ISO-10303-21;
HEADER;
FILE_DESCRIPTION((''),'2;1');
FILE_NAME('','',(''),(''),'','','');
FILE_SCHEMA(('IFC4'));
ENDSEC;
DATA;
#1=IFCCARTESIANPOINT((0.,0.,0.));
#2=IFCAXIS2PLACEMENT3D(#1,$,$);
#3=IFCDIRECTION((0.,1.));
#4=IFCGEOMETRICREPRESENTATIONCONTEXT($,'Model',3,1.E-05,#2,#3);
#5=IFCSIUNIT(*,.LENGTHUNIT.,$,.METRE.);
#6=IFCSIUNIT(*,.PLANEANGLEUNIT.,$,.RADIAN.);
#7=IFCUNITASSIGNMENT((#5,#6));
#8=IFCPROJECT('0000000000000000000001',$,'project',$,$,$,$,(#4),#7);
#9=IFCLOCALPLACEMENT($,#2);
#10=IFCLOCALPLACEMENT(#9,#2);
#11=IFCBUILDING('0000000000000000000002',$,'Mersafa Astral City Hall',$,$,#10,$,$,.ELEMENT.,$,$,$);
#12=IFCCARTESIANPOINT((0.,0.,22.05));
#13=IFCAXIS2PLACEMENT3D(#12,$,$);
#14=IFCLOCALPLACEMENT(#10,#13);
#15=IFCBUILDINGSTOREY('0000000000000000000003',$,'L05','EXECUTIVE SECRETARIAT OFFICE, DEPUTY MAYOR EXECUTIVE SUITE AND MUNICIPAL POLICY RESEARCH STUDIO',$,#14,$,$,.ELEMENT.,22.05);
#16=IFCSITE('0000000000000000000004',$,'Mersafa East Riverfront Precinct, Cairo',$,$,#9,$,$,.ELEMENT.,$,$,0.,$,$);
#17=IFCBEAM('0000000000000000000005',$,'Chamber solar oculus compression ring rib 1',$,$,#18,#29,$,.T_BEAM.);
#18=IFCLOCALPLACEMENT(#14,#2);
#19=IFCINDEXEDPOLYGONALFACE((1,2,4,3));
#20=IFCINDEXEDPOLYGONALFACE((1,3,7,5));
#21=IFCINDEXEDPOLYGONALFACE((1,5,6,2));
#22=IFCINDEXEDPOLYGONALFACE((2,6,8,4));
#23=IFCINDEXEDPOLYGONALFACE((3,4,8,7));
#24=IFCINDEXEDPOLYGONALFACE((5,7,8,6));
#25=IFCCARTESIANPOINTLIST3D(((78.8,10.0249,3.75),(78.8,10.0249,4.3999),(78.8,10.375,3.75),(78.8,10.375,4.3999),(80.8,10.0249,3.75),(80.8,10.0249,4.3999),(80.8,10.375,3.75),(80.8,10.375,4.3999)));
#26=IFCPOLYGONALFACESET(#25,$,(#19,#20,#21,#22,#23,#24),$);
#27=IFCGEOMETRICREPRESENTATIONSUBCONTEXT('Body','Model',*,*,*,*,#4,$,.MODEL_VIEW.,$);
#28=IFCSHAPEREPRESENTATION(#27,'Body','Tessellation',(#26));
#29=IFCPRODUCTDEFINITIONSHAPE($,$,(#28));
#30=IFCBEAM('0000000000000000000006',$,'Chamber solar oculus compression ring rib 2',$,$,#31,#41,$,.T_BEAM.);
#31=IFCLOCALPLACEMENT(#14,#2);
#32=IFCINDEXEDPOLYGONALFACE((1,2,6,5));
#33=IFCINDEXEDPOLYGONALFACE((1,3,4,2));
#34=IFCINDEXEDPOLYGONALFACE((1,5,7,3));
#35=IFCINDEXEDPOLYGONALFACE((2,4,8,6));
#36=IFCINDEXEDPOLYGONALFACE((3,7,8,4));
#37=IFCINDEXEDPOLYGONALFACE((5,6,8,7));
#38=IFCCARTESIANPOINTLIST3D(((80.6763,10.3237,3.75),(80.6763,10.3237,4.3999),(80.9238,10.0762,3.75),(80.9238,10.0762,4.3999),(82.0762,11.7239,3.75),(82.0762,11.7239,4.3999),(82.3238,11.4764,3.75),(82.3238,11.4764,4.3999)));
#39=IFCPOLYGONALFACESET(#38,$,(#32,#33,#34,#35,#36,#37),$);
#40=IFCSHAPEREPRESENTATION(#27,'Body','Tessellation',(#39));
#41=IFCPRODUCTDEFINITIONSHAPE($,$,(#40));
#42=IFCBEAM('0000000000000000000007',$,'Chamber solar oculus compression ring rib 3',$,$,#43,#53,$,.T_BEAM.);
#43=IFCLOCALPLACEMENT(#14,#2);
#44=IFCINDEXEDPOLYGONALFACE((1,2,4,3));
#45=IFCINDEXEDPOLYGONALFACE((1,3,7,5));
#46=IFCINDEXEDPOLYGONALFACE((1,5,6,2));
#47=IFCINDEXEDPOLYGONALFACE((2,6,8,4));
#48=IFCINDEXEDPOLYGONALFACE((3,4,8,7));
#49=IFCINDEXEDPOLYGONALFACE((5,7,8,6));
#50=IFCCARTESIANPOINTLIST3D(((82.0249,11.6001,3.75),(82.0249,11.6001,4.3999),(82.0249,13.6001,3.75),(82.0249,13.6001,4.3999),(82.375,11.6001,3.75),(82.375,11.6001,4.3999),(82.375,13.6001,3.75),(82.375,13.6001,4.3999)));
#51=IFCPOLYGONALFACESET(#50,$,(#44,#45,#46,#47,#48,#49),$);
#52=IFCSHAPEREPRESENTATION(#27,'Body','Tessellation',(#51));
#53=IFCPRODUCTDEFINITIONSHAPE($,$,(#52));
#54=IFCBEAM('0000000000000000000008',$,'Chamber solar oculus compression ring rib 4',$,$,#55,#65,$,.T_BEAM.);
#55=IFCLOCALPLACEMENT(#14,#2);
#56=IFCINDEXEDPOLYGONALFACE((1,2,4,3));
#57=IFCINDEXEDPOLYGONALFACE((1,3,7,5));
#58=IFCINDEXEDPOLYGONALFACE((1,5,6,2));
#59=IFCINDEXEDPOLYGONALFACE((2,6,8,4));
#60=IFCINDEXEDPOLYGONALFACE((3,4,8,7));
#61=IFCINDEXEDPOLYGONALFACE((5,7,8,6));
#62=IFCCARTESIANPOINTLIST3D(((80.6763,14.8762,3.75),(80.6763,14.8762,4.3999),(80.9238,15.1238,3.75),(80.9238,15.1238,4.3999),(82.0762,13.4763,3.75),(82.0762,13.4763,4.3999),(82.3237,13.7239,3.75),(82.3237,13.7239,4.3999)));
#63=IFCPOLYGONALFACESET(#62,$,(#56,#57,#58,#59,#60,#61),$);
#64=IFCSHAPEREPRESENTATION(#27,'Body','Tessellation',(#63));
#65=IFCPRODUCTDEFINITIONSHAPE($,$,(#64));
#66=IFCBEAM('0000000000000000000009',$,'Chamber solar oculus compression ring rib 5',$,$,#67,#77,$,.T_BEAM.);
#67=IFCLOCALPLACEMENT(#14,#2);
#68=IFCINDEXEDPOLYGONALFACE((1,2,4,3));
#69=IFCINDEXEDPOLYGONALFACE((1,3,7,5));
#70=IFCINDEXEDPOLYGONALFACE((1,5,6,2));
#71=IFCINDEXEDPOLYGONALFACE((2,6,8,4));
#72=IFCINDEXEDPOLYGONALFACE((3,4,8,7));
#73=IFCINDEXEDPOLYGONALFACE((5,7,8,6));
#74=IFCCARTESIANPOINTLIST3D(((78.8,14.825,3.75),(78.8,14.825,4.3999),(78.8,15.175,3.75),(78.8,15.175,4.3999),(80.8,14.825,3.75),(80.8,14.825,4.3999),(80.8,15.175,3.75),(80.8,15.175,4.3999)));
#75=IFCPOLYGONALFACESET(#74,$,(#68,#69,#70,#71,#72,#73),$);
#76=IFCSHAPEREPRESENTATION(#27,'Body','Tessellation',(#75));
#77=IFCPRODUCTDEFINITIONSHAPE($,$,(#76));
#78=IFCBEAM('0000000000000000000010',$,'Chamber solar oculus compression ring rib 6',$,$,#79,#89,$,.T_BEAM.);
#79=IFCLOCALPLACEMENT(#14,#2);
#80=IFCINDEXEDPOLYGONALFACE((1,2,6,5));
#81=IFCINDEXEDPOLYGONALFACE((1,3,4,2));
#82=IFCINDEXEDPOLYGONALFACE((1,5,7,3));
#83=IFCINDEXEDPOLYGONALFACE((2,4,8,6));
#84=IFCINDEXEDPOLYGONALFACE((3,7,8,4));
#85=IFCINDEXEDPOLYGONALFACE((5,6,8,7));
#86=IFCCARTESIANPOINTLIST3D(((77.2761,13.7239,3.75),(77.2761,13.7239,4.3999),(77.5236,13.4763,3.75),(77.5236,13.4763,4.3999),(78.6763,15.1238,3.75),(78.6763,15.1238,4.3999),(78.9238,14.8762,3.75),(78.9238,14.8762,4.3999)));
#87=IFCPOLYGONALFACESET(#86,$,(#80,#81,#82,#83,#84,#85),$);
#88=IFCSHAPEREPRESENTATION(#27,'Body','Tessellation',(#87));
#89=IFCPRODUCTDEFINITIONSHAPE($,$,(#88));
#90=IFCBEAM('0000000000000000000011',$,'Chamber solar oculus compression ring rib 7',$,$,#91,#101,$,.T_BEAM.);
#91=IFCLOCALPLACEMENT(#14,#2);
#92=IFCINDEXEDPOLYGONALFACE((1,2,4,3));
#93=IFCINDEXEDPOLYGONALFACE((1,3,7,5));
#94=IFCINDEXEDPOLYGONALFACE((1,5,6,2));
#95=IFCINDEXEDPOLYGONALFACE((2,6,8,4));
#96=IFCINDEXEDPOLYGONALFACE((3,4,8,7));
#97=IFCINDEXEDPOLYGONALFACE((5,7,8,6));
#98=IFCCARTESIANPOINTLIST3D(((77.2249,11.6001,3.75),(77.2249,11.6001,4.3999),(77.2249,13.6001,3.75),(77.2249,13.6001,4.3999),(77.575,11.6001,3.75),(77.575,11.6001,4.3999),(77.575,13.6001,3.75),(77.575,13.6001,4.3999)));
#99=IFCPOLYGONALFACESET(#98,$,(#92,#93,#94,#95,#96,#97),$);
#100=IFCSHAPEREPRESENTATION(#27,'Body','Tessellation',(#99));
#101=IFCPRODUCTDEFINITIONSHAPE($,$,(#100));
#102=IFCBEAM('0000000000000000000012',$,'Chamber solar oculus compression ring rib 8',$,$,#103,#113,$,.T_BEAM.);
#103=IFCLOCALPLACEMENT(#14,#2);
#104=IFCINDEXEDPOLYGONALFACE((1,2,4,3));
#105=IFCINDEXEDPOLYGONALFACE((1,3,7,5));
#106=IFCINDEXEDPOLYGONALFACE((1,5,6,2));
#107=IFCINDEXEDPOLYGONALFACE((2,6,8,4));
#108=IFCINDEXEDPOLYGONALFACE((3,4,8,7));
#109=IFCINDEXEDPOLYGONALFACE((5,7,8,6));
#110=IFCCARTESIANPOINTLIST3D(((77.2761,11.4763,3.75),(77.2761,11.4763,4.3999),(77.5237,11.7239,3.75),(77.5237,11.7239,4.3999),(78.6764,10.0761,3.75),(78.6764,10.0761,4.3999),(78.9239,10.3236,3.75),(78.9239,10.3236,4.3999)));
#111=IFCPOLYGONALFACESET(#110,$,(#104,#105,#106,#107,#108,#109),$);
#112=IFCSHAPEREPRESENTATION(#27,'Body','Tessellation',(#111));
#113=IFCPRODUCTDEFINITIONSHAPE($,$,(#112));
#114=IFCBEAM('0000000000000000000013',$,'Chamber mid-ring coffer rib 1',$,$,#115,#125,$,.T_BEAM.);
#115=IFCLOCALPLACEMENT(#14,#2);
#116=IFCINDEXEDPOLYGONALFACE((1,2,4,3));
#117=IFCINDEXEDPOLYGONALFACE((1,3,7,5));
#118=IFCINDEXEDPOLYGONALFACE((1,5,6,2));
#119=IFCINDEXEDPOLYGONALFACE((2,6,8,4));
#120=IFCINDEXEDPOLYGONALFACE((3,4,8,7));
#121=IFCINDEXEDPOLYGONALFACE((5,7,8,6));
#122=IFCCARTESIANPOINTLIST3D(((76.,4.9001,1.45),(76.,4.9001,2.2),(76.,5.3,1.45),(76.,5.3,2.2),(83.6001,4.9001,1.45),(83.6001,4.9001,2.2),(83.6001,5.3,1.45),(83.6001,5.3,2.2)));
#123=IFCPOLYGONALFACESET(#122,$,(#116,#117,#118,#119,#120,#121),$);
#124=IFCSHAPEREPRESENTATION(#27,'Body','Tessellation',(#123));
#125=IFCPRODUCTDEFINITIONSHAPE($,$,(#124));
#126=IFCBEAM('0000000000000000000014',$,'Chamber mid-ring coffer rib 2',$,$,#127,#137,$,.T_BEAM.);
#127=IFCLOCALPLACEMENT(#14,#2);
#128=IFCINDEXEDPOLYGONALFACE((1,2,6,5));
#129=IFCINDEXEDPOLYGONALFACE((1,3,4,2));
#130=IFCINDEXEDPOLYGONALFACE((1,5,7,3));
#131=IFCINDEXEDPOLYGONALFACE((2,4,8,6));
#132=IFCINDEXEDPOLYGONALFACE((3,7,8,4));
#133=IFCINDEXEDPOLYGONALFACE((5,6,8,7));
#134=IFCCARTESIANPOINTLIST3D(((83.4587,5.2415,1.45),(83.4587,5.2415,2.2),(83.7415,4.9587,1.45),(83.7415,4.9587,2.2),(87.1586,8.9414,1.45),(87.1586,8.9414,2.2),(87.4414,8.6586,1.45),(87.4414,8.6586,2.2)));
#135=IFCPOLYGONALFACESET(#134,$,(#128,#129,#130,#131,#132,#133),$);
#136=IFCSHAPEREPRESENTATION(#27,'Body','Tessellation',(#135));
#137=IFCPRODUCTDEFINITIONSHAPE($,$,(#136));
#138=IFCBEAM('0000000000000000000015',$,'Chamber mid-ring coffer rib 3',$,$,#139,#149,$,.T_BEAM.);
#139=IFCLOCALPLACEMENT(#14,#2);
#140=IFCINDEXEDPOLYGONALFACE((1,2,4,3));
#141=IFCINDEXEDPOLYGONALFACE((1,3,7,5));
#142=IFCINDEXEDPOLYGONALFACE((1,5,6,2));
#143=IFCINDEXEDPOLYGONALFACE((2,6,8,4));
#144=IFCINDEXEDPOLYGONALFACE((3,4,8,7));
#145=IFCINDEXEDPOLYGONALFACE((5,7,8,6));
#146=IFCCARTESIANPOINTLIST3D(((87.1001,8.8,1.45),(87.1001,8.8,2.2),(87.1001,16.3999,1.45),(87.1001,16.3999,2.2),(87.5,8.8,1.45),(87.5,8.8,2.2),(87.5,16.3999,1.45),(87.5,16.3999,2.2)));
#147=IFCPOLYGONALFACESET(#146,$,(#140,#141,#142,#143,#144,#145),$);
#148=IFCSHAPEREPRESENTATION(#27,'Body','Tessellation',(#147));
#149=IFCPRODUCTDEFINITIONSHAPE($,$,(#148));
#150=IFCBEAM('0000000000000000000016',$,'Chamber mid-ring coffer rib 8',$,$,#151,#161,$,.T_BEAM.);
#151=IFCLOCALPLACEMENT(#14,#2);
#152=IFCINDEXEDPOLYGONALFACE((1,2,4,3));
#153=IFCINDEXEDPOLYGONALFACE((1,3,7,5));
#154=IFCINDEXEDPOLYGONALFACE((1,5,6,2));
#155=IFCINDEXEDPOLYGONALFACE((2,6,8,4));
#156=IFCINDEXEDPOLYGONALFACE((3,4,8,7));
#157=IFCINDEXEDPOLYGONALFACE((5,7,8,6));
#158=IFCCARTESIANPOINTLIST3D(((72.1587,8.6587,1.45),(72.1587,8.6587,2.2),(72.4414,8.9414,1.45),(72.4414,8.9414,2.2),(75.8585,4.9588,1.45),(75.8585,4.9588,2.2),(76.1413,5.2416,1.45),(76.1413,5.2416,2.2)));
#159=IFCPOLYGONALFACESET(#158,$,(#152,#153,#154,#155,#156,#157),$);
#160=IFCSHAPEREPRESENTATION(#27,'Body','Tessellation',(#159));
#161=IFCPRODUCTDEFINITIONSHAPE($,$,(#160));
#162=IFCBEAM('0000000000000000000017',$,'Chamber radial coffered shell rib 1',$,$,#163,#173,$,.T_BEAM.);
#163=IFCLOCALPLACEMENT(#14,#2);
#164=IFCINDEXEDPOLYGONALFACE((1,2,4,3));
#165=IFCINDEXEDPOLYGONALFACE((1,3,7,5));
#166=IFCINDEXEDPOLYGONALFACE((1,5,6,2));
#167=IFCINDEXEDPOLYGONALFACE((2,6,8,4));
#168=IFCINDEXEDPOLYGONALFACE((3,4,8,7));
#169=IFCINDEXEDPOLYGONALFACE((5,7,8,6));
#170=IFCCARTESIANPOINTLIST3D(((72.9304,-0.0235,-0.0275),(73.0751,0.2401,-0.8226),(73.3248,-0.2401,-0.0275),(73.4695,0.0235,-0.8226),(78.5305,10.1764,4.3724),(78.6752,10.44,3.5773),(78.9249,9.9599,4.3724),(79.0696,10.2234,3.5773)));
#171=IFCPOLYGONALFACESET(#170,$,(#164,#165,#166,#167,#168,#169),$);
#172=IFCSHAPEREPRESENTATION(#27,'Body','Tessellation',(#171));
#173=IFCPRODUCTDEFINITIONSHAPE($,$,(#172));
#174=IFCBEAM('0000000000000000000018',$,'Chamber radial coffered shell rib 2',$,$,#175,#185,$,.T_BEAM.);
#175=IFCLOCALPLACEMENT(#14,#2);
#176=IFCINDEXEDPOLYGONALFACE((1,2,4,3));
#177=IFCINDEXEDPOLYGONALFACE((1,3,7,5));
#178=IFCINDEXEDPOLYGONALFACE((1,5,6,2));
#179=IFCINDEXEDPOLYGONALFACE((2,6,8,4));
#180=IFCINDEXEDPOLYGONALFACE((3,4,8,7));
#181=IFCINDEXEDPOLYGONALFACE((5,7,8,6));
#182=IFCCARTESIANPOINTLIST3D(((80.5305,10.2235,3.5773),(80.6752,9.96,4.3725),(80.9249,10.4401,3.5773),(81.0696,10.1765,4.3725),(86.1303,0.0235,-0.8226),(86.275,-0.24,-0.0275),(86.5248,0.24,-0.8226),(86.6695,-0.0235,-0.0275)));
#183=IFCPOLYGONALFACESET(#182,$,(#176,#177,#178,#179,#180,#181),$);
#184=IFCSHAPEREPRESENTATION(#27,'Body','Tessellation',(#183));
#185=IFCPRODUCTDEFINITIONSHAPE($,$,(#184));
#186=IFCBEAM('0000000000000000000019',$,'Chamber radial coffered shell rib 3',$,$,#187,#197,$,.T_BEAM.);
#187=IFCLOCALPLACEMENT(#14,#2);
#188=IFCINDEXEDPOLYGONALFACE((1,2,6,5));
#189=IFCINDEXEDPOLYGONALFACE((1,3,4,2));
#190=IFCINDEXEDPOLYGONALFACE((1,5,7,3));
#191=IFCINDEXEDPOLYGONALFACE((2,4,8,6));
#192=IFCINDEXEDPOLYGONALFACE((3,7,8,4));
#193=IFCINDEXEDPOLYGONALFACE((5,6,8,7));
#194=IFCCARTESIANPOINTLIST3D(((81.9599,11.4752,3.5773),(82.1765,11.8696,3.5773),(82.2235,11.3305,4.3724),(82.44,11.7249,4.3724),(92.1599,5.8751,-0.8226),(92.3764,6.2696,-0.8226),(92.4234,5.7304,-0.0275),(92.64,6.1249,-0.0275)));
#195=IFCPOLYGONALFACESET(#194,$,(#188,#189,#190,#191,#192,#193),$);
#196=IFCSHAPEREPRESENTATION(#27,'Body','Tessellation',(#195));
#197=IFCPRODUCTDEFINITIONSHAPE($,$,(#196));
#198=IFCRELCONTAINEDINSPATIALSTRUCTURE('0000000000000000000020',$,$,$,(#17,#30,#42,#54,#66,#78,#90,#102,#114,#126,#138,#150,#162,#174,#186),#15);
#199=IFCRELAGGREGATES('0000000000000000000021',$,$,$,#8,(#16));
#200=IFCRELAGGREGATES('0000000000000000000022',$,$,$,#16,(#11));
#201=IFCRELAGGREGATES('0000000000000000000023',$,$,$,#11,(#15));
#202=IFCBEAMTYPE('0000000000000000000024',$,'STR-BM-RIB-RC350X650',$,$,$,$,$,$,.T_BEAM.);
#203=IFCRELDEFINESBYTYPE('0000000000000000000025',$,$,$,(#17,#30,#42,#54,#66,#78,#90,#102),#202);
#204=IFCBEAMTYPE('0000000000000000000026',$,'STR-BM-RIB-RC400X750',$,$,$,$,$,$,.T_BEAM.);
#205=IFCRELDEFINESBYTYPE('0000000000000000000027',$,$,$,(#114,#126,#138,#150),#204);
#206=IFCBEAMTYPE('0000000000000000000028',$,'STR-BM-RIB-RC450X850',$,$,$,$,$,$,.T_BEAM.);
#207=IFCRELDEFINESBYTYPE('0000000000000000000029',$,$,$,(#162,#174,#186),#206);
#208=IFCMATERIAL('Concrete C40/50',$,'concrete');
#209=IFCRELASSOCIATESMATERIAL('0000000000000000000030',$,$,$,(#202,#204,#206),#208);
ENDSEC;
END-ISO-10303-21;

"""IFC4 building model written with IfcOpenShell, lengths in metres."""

from ifc_helpers import new_model, si_unit, direction, frame, origin, origin_2d, place, context, subcontext, project, spatial, rectangle, extrude, material, material_profile, profile_set, type_object, element, save


model = new_model("IFC4")

# Units and contexts
model_context = context("Model", 3, precision=1e-05, world=origin(), true_north=direction((0.0, 1.0)))
body_context = subcontext(model_context, "Body", "Model", "MODEL_VIEW")
ifc_project = project(units=[si_unit("LENGTHUNIT", "METRE"), si_unit("PLANEANGLEUNIT", "RADIAN")], contexts=[model_context])

# Site, building, storey
site_placement = place(None, origin())
site = spatial("IfcSite", under=ifc_project, at=site_placement, Name="Mersafa East Riverfront Precinct, Cairo", CompositionType="ELEMENT", RefElevation=0.0)
building_placement = place(site_placement, origin())
building = spatial("IfcBuilding", under=site, at=building_placement, Name="Mersafa Astral City Hall", CompositionType="ELEMENT")
storey_placement = place(building_placement, frame((0.0, 0.0, 22.05)))
storey = spatial("IfcBuildingStorey", under=building, at=storey_placement, Name="L05", Description="EXECUTIVE SECRETARIAT OFFICE, DEPUTY MAYOR EXECUTIVE SUITE AND MUNICIPAL POLICY RESEARCH STUDIO", CompositionType="ELEMENT", Elevation=22.05)

# Beams
ifc_material_1 = material(Name="Concrete C40/50", Category="concrete")
ifc_material_profile_1 = material_profile(ifc_material_1, rectangle(XDim=0.3501, YDim=0.6499, at=origin_2d()), Name="RC 350x650")
ifc_profile_set_1 = profile_set([ifc_material_profile_1], Name="Concrete C40/50")
beam_type_1 = type_object("IfcBeamType", Name="STR-BM-RIB-RC350X650", PredefinedType="T_BEAM", material=ifc_profile_set_1)
beam_1_placement = place(storey_placement, frame((78.8, 10.2, 4.075), z_axis=(1.0, 0.0, 0.0), x_axis=(0.0, 1.0, 0.0)))
element("IfcBeam", 1, at=beam_1_placement, inside=storey, type_object=beam_type_1, Name="Chamber solar oculus compression ring rib 1", PredefinedType="T_BEAM", context=body_context, shape_type="SweptSolid", body=[
    extrude(rectangle(XDim=0.3501, YDim=0.6499, at=origin_2d()), origin(), (0.0, 0.0, 1.0), 2.0),
])
beam_2_placement = place(storey_placement, frame((80.8, 10.2, 4.075), z_axis=(0.707045, 0.707168, 0.0), x_axis=(-0.707168, 0.707045, 0.0)))
element("IfcBeam", 2, at=beam_2_placement, inside=storey, type_object=beam_type_1, Name="Chamber solar oculus compression ring rib 2", PredefinedType="T_BEAM", context=body_context, shape_type="SweptSolid", body=[
    extrude(rectangle(XDim=0.3501, YDim=0.6499, at=origin_2d()), origin(), (0.0, 0.0, 1.0), 1.98),
])
beam_3_placement = place(storey_placement, frame((82.2, 11.6001, 4.075), z_axis=(0.0, 1.0, 0.0), x_axis=(-1.0, 0.0, 0.0)))
element("IfcBeam", 3, at=beam_3_placement, inside=storey, type_object=beam_type_1, Name="Chamber solar oculus compression ring rib 3", PredefinedType="T_BEAM", context=body_context, shape_type="SweptSolid", body=[
    extrude(rectangle(XDim=0.3501, YDim=0.6499, at=origin_2d()), origin(), (0.0, 0.0, 1.0), 2.0),
])
beam_4_placement = place(storey_placement, frame((82.2, 13.6001, 4.075), z_axis=(-0.707107, 0.707107, 0.0), x_axis=(-0.707107, -0.707107, 0.0)))
element("IfcBeam", 4, at=beam_4_placement, inside=storey, type_object=beam_type_1, Name="Chamber solar oculus compression ring rib 4", PredefinedType="T_BEAM", context=body_context, shape_type="SweptSolid", body=[
    extrude(rectangle(XDim=0.3501, YDim=0.6499, at=origin_2d()), origin(), (0.0, 0.0, 1.0), 1.9797),
])
beam_5_placement = place(storey_placement, frame((80.8, 15.0, 4.075), z_axis=(-1.0, 0.0, 0.0), x_axis=(0.0, -1.0, 0.0)))
element("IfcBeam", 5, at=beam_5_placement, inside=storey, type_object=beam_type_1, Name="Chamber solar oculus compression ring rib 5", PredefinedType="T_BEAM", context=body_context, shape_type="SweptSolid", body=[
    extrude(rectangle(XDim=0.3501, YDim=0.6499, at=origin_2d()), origin(), (0.0, 0.0, 1.0), 2.0),
])
beam_6_placement = place(storey_placement, frame((78.8, 15.0, 4.075), z_axis=(-0.707168, -0.707045, 0.0), x_axis=(0.707045, -0.707168, 0.0)))
element("IfcBeam", 6, at=beam_6_placement, inside=storey, type_object=beam_type_1, Name="Chamber solar oculus compression ring rib 6", PredefinedType="T_BEAM", context=body_context, shape_type="SweptSolid", body=[
    extrude(rectangle(XDim=0.3501, YDim=0.6499, at=origin_2d()), origin(), (0.0, 0.0, 1.0), 1.98),
])
beam_7_placement = place(storey_placement, frame((77.3999, 13.6001, 4.075), z_axis=(0.0, -1.0, 0.0), x_axis=(1.0, 0.0, 0.0)))
element("IfcBeam", 7, at=beam_7_placement, inside=storey, type_object=beam_type_1, Name="Chamber solar oculus compression ring rib 7", PredefinedType="T_BEAM", context=body_context, shape_type="SweptSolid", body=[
    extrude(rectangle(XDim=0.3501, YDim=0.6499, at=origin_2d()), origin(), (0.0, 0.0, 1.0), 2.0),
])
beam_8_placement = place(storey_placement, frame((77.3999, 11.6001, 4.075), z_axis=(0.707107, -0.707107, 0.0), x_axis=(0.707107, 0.707107, 0.0)))
element("IfcBeam", 8, at=beam_8_placement, inside=storey, type_object=beam_type_1, Name="Chamber solar oculus compression ring rib 8", PredefinedType="T_BEAM", context=body_context, shape_type="SweptSolid", body=[
    extrude(rectangle(XDim=0.3501, YDim=0.6499, at=origin_2d()), origin(), (0.0, 0.0, 1.0), 1.9802),
])
ifc_material_profile_2 = material_profile(ifc_material_1, rectangle(XDim=0.3999, YDim=0.75, at=origin_2d()), Name="RC 400x750")
ifc_profile_set_2 = profile_set([ifc_material_profile_2], Name="Concrete C40/50")
beam_type_2 = type_object("IfcBeamType", Name="STR-BM-RIB-RC400X750", PredefinedType="T_BEAM", material=ifc_profile_set_2)
beam_9_placement = place(storey_placement, frame((76.0, 5.1001, 1.825), z_axis=(1.0, 0.0, 0.0), x_axis=(0.0, 1.0, 0.0)))
element("IfcBeam", 9, at=beam_9_placement, inside=storey, type_object=beam_type_2, Name="Chamber mid-ring coffer rib 1", PredefinedType="T_BEAM", context=body_context, shape_type="SweptSolid", body=[
    extrude(rectangle(XDim=0.3999, YDim=0.75, at=origin_2d()), origin(), (0.0, 0.0, 1.0), 7.6001),
])
beam_10_placement = place(storey_placement, frame((83.6001, 5.1001, 1.825), z_axis=(0.707107, 0.707107, 0.0), x_axis=(-0.707107, 0.707107, 0.0)))
element("IfcBeam", 10, at=beam_10_placement, inside=storey, type_object=beam_type_2, Name="Chamber mid-ring coffer rib 2", PredefinedType="T_BEAM", context=body_context, shape_type="SweptSolid", body=[
    extrude(rectangle(XDim=0.3999, YDim=0.75, at=origin_2d()), origin(), (0.0, 0.0, 1.0), 5.2324),
])
beam_11_placement = place(storey_placement, frame((87.3, 8.8, 1.825), z_axis=(0.0, 1.0, 0.0), x_axis=(-1.0, 0.0, 0.0)))
element("IfcBeam", 11, at=beam_11_placement, inside=storey, type_object=beam_type_2, Name="Chamber mid-ring coffer rib 3", PredefinedType="T_BEAM", context=body_context, shape_type="SweptSolid", body=[
    extrude(rectangle(XDim=0.3999, YDim=0.75, at=origin_2d()), origin(), (0.0, 0.0, 1.0), 7.5999),
])
beam_12_placement = place(storey_placement, frame((72.3, 8.8, 1.825), z_axis=(0.707107, -0.707107, 0.0), x_axis=(0.707107, 0.707107, 0.0)))
element("IfcBeam", 12, at=beam_12_placement, inside=storey, type_object=beam_type_2, Name="Chamber mid-ring coffer rib 8", PredefinedType="T_BEAM", context=body_context, shape_type="SweptSolid", body=[
    extrude(rectangle(XDim=0.3999, YDim=0.75, at=origin_2d()), origin(), (0.0, 0.0, 1.0), 5.2324),
])
ifc_material_profile_3 = material_profile(ifc_material_1, rectangle(XDim=0.45, YDim=0.8501, at=origin_2d()), Name="RC 450x850")
ifc_profile_set_3 = profile_set([ifc_material_profile_3], Name="Concrete C40/50")
beam_type_3 = type_object("IfcBeamType", Name="STR-BM-RIB-RC450X850", PredefinedType="T_BEAM", material=ifc_profile_set_3)
for number, where, z_axis, x_axis, name in (
    (13, (73.2, 0.0, -0.425), (0.45016, 0.819917, 0.353683), (-0.876574, 0.481267, 0.0), "Chamber radial coffered shell rib 1"),
    (14, (86.3999, 0.0, -0.425), (-0.450145, 0.819924, 0.353687), (-0.876583, -0.481251, 0.0), "Chamber radial coffered shell rib 2"),
    (15, (92.3999, 6.0, -0.425), (-0.819917, 0.45016, 0.353683), (-0.481267, -0.876574, 0.0), "Chamber radial coffered shell rib 3"),
):
    element("IfcBeam", number, at=place(storey_placement, frame(where, z_axis=z_axis, x_axis=x_axis)), inside=storey, type_object=beam_type_3, Name=name, PredefinedType="T_BEAM", context=body_context, shape_type="SweptSolid", body=[
        extrude(rectangle(XDim=0.45, YDim=0.8501, at=origin_2d()), origin(), (0.0, 0.0, 1.0), 12.4402),
    ])

save(model, "model.ifc")
